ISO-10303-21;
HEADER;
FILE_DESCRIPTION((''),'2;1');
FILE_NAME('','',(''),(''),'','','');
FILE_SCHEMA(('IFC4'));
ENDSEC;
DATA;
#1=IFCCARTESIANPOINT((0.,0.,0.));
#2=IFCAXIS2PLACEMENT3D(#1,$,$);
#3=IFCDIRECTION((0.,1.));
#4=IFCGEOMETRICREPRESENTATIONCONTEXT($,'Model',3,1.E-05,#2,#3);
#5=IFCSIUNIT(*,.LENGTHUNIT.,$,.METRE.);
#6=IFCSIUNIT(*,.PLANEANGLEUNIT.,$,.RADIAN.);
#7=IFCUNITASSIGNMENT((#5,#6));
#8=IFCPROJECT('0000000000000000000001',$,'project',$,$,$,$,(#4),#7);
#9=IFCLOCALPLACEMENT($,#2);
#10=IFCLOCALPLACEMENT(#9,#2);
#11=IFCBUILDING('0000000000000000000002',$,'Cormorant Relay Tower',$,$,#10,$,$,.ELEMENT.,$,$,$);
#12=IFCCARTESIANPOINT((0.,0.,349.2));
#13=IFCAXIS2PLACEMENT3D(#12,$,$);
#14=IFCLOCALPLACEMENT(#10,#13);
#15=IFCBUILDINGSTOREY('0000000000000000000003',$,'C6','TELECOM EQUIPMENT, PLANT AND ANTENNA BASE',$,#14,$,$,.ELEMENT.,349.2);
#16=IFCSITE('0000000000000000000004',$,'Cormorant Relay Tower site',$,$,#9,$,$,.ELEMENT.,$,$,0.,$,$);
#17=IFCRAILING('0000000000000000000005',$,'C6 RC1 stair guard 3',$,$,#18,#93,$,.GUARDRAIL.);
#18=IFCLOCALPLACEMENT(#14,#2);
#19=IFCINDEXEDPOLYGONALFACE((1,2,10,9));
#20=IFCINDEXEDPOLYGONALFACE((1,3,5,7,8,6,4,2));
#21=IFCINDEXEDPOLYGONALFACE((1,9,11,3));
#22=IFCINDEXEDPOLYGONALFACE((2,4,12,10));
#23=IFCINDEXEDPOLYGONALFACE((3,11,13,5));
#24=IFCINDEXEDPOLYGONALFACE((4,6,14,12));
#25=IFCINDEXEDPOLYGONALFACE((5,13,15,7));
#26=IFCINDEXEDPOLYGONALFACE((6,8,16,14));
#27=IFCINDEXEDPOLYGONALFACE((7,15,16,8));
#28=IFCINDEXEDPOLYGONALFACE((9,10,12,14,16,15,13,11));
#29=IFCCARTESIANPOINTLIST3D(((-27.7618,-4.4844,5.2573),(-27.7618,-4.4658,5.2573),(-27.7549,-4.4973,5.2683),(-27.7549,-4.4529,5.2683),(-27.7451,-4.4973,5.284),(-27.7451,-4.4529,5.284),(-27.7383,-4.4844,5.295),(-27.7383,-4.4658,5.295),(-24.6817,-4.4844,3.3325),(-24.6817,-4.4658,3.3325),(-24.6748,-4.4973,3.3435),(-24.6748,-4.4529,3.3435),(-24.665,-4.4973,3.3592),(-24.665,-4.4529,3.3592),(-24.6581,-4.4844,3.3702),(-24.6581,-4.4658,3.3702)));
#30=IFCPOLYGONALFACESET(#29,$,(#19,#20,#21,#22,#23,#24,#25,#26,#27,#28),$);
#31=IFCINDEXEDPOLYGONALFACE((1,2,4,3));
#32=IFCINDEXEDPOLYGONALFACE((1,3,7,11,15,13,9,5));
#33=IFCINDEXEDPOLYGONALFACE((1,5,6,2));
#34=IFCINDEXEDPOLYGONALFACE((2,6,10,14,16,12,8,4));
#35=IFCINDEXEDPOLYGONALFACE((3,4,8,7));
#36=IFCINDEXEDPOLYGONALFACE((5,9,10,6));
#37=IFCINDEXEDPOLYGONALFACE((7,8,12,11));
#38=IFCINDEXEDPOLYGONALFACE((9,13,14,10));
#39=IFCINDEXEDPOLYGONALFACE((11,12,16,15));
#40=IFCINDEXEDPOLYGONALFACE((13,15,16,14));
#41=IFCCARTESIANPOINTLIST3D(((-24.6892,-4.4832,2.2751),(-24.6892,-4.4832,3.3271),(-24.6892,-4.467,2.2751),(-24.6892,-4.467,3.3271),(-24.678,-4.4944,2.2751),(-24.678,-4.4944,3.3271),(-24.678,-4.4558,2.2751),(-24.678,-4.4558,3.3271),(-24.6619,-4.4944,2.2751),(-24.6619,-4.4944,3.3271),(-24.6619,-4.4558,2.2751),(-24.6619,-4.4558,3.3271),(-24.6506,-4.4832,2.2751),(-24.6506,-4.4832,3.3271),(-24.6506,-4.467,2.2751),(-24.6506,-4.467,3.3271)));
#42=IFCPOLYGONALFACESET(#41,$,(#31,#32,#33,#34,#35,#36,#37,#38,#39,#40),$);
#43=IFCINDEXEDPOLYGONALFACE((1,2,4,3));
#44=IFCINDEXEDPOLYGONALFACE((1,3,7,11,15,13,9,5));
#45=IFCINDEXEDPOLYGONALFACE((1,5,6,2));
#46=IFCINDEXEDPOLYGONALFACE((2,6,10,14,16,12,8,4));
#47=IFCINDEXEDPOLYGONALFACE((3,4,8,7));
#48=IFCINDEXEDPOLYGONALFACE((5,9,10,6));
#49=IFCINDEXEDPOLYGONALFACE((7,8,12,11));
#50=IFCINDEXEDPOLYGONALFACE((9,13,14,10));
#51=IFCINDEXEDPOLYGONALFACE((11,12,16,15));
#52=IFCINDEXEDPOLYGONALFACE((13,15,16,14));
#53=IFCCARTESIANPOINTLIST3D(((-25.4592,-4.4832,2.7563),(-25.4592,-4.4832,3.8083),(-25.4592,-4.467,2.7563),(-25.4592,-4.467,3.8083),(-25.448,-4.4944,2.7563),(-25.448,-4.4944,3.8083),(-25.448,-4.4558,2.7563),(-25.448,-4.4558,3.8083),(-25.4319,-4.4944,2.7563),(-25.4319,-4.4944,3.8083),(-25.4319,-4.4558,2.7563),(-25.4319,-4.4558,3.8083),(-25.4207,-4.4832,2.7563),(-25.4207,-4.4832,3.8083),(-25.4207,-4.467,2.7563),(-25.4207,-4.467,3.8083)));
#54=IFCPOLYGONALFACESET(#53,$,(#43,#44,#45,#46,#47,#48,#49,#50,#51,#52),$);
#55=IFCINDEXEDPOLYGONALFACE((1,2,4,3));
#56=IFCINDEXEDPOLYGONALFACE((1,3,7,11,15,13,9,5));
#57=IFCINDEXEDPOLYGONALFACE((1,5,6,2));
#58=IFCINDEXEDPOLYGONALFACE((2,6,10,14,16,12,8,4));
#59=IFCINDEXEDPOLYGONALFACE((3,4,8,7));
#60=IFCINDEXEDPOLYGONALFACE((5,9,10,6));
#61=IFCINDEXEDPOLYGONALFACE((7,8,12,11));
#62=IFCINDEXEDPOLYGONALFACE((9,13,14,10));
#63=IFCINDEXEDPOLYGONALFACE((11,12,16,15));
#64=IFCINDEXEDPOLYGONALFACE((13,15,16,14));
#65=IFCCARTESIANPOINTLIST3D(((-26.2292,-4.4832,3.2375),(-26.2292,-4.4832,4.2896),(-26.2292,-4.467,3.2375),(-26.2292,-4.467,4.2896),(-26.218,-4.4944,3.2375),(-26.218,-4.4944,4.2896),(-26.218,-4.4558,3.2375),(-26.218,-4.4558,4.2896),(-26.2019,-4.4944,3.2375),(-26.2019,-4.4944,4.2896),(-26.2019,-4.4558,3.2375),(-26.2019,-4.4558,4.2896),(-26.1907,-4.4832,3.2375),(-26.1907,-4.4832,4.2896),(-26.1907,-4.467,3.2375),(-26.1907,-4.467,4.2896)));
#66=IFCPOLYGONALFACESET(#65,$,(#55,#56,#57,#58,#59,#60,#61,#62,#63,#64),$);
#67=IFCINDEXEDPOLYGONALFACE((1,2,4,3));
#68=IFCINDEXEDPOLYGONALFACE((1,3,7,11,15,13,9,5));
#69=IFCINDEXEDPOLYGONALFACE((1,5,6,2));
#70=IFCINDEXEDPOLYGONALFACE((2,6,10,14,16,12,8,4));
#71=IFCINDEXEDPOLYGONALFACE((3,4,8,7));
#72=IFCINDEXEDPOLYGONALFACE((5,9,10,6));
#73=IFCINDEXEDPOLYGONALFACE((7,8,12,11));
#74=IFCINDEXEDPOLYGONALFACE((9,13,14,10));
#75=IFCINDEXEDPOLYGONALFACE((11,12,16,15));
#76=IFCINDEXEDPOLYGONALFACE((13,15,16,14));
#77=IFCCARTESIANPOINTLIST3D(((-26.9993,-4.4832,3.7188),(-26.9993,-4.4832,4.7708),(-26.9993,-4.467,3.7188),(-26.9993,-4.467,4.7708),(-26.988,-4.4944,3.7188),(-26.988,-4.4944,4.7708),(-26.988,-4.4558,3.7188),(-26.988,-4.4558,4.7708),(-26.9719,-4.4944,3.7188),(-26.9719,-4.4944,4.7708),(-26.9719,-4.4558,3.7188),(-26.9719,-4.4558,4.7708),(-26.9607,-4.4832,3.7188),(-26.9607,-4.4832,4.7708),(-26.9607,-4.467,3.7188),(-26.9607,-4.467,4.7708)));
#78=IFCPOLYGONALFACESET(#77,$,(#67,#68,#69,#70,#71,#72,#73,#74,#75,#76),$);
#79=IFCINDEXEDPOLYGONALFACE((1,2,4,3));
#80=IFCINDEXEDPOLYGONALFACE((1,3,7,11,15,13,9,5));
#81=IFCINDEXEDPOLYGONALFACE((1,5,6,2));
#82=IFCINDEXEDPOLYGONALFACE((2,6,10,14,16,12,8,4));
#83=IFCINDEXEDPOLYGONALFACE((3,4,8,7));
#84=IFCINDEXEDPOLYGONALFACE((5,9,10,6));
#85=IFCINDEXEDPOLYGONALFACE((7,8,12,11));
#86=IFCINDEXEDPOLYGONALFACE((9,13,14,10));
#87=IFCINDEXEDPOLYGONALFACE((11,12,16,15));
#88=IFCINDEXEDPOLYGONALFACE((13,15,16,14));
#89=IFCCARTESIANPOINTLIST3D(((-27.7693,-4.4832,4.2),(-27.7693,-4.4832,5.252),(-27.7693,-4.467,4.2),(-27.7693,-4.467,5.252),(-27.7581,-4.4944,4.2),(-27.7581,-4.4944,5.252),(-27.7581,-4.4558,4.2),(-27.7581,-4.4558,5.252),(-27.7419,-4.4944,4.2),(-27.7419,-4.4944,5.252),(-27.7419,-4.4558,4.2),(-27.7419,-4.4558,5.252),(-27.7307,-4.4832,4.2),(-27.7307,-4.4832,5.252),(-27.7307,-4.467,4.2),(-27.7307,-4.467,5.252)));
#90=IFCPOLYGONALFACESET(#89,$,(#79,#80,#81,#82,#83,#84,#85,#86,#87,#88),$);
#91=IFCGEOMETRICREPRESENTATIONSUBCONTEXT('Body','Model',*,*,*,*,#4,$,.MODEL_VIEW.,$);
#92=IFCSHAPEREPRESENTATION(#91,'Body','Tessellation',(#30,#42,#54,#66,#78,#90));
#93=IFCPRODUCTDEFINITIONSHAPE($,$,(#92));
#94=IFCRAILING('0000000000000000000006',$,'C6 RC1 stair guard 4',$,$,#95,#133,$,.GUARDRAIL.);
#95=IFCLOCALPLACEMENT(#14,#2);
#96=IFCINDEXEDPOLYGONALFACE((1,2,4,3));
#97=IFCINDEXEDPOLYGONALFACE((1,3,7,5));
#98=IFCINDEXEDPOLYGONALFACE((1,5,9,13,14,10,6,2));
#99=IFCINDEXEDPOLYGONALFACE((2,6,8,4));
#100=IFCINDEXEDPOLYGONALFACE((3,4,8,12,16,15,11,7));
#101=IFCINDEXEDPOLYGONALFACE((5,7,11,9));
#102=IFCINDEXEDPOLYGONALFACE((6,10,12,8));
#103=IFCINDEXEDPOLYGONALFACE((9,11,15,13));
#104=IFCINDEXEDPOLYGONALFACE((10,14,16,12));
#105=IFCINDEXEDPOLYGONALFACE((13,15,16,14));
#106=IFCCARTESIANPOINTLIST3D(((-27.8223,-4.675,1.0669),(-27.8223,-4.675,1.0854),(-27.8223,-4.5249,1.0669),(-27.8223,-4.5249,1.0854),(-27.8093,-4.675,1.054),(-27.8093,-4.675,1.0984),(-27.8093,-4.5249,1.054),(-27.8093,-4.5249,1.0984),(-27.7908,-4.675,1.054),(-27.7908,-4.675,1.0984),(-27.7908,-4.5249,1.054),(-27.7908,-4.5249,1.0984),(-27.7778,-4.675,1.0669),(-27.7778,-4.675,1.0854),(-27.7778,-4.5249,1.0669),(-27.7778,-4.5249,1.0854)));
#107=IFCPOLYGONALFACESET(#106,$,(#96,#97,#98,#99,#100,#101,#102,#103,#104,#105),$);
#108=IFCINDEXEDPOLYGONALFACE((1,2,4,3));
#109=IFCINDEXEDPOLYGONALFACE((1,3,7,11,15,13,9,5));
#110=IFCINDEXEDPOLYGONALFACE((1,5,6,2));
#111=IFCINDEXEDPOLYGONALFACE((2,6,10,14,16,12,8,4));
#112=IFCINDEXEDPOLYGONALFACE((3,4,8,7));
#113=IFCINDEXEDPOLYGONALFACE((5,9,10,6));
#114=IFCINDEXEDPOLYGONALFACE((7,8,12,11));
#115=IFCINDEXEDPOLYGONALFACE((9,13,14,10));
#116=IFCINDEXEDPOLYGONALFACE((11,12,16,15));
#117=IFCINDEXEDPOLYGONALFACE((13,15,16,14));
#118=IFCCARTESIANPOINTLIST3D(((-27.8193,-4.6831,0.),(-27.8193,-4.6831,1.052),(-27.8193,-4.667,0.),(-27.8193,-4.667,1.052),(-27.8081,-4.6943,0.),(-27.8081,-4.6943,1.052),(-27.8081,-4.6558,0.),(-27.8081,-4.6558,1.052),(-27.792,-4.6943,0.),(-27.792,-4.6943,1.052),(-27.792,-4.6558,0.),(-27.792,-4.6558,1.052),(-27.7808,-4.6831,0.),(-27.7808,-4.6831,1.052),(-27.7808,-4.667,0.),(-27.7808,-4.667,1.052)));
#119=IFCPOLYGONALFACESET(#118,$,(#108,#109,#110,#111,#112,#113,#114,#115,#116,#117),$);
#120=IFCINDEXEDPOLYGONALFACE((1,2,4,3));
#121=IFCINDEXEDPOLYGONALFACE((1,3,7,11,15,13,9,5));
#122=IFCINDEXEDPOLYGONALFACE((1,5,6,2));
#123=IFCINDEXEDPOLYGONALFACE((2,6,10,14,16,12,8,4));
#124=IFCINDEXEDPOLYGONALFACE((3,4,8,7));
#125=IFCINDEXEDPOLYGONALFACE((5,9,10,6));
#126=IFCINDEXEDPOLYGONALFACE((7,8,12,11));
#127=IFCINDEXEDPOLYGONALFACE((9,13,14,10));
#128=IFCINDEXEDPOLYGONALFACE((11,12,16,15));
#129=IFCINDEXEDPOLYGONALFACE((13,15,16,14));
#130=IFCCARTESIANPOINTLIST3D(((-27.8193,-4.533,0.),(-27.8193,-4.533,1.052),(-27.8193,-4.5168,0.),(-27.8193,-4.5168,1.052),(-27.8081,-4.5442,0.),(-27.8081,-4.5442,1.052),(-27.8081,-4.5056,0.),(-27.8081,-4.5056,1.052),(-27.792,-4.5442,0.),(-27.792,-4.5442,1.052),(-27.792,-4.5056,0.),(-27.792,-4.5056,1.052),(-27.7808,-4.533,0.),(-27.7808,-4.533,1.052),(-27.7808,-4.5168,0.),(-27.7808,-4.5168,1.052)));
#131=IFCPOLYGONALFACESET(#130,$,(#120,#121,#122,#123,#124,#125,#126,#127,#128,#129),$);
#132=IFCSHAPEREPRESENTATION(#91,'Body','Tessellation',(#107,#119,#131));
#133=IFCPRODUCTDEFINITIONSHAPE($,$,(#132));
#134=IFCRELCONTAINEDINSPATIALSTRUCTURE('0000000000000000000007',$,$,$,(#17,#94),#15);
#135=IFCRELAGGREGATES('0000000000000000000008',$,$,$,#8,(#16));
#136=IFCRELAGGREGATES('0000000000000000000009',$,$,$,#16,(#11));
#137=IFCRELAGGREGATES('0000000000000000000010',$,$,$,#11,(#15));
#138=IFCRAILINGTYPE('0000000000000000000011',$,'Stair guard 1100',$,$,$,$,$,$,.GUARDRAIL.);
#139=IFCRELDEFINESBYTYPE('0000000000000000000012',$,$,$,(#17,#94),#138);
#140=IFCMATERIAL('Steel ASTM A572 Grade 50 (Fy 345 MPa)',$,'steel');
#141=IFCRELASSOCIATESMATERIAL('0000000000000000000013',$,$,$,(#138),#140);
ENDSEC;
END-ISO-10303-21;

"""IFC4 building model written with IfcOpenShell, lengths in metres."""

from ifc_helpers import new_model, si_unit, direction, frame, origin, place, context, subcontext, project, spatial, polyline, outline, extrude, material, type_object, element, save


model = new_model("IFC4")

# Units and contexts
model_context = context("Model", 3, precision=1e-05, world=origin(), true_north=direction((0.0, 1.0)))
body_context = subcontext(model_context, "Body", "Model", "MODEL_VIEW")
ifc_project = project(units=[si_unit("LENGTHUNIT", "METRE"), si_unit("PLANEANGLEUNIT", "RADIAN")], contexts=[model_context])

# Site, building, storey
site_placement = place(None, origin())
site = spatial("IfcSite", under=ifc_project, at=site_placement, Name="Cormorant Relay Tower site", CompositionType="ELEMENT", RefElevation=0.0)
building_placement = place(site_placement, origin())
building = spatial("IfcBuilding", under=site, at=building_placement, Name="Cormorant Relay Tower", CompositionType="ELEMENT")
storey_placement = place(building_placement, frame((0.0, 0.0, 349.2)))
storey = spatial("IfcBuildingStorey", under=building, at=storey_placement, Name="C6", Description="TELECOM EQUIPMENT, PLANT AND ANTENNA BASE", CompositionType="ELEMENT", Elevation=349.2)

# Railings
ifc_material_1 = material(Name="Steel ASTM A572 Grade 50 (Fy 345 MPa)", Category="steel")
railing_type_1 = type_object("IfcRailingType", Name="Stair guard 1100", PredefinedType="GUARDRAIL", material=ifc_material_1)
railing_1_placement = place(storey_placement, frame((-24.6699, -4.4751, 2.2751)))
element("IfcRailing", 1, at=railing_1_placement, inside=storey, type_object=railing_type_1, Name="C6 RC1 stair guard 3", PredefinedType="GUARDRAIL", context=body_context, shape_type="SweptSolid", body=[
    extrude(outline(polyline([(0.0222, 0.0093), (0.0093, 0.0222), (-0.0093, 0.0222), (-0.0222, 0.0093), (-0.0222, -0.0093), (-0.0093, -0.0222), (0.0093, -0.0222), (0.0222, -0.0093), (0.0222, 0.0093)])), frame((0.0, 0.0, 1.0762), z_axis=(-0.848029, 0.0, 0.529951), x_axis=(0.0, -1.0, 0.0)), (0.0, 0.0, 1.0), 3.6321),
    extrude(outline(polyline([(0.0193, 0.0081), (0.0081, 0.0193), (-0.0081, 0.0193), (-0.0193, 0.0081), (-0.0193, -0.0081), (-0.0081, -0.0193), (0.0081, -0.0193), (0.0193, -0.0081), (0.0193, 0.0081)])), origin(), (0.0, 0.0, 1.0), 1.052),
    extrude(outline(polyline([(0.0193, 0.0081), (0.0081, 0.0193), (-0.0081, 0.0193), (-0.0193, 0.0081), (-0.0193, -0.0081), (-0.0081, -0.0193), (0.0081, -0.0193), (0.0193, -0.0081), (0.0193, 0.0081)])), frame((-0.77, 0.0, 0.4812)), (0.0, 0.0, 1.0), 1.052),
    extrude(outline(polyline([(0.0193, 0.0081), (0.0081, 0.0193), (-0.0081, 0.0193), (-0.0193, 0.0081), (-0.0193, -0.0081), (-0.0081, -0.0193), (0.0081, -0.0193), (0.0193, -0.0081), (0.0193, 0.0081)])), frame((-1.54, 0.0, 0.9624)), (0.0, 0.0, 1.0), 1.052),
    extrude(outline(polyline([(0.0193, 0.0081), (0.0081, 0.0193), (-0.0081, 0.0193), (-0.0193, 0.0081), (-0.0193, -0.0081), (-0.0081, -0.0193), (0.0081, -0.0193), (0.0193, -0.0081), (0.0193, 0.0081)])), frame((-2.3101, 0.0, 1.4436)), (0.0, 0.0, 1.0), 1.052),
    extrude(outline(polyline([(0.0193, 0.0081), (0.0081, 0.0193), (-0.0081, 0.0193), (-0.0193, 0.0081), (-0.0193, -0.0081), (-0.0081, -0.0193), (0.0081, -0.0193), (0.0193, -0.0081), (0.0193, 0.0081)])), frame((-3.0801, 0.0, 1.9248)), (0.0, 0.0, 1.0), 1.052),
])
railing_2_placement = place(storey_placement, frame((-27.8, -4.675, 0.0)))
element("IfcRailing", 2, at=railing_2_placement, inside=storey, type_object=railing_type_1, Name="C6 RC1 stair guard 4", PredefinedType="GUARDRAIL", context=body_context, shape_type="SweptSolid", body=[
    extrude(outline(polyline([(0.0222, 0.0093), (0.0093, 0.0222), (-0.0093, 0.0222), (-0.0222, 0.0093), (-0.0222, -0.0093), (-0.0093, -0.0222), (0.0093, -0.0222), (0.0222, -0.0093), (0.0222, 0.0093)])), frame((0.0, 0.0, 1.0762), z_axis=(0.0, 1.0, 0.0), x_axis=(-1.0, 0.0, 0.0)), (0.0, 0.0, 1.0), 0.1501),
    extrude(outline(polyline([(0.0193, 0.0081), (0.0081, 0.0193), (-0.0081, 0.0193), (-0.0193, 0.0081), (-0.0193, -0.0081), (-0.0081, -0.0193), (0.0081, -0.0193), (0.0193, -0.0081), (0.0193, 0.0081)])), origin(), (0.0, 0.0, 1.0), 1.052),
    extrude(outline(polyline([(0.0193, 0.0081), (0.0081, 0.0193), (-0.0081, 0.0193), (-0.0193, 0.0081), (-0.0193, -0.0081), (-0.0081, -0.0193), (0.0081, -0.0193), (0.0193, -0.0081), (0.0193, 0.0081)])), frame((0.0, 0.1501, 0.0)), (0.0, 0.0, 1.0), 1.052),
])

save(model, "model.ifc")
